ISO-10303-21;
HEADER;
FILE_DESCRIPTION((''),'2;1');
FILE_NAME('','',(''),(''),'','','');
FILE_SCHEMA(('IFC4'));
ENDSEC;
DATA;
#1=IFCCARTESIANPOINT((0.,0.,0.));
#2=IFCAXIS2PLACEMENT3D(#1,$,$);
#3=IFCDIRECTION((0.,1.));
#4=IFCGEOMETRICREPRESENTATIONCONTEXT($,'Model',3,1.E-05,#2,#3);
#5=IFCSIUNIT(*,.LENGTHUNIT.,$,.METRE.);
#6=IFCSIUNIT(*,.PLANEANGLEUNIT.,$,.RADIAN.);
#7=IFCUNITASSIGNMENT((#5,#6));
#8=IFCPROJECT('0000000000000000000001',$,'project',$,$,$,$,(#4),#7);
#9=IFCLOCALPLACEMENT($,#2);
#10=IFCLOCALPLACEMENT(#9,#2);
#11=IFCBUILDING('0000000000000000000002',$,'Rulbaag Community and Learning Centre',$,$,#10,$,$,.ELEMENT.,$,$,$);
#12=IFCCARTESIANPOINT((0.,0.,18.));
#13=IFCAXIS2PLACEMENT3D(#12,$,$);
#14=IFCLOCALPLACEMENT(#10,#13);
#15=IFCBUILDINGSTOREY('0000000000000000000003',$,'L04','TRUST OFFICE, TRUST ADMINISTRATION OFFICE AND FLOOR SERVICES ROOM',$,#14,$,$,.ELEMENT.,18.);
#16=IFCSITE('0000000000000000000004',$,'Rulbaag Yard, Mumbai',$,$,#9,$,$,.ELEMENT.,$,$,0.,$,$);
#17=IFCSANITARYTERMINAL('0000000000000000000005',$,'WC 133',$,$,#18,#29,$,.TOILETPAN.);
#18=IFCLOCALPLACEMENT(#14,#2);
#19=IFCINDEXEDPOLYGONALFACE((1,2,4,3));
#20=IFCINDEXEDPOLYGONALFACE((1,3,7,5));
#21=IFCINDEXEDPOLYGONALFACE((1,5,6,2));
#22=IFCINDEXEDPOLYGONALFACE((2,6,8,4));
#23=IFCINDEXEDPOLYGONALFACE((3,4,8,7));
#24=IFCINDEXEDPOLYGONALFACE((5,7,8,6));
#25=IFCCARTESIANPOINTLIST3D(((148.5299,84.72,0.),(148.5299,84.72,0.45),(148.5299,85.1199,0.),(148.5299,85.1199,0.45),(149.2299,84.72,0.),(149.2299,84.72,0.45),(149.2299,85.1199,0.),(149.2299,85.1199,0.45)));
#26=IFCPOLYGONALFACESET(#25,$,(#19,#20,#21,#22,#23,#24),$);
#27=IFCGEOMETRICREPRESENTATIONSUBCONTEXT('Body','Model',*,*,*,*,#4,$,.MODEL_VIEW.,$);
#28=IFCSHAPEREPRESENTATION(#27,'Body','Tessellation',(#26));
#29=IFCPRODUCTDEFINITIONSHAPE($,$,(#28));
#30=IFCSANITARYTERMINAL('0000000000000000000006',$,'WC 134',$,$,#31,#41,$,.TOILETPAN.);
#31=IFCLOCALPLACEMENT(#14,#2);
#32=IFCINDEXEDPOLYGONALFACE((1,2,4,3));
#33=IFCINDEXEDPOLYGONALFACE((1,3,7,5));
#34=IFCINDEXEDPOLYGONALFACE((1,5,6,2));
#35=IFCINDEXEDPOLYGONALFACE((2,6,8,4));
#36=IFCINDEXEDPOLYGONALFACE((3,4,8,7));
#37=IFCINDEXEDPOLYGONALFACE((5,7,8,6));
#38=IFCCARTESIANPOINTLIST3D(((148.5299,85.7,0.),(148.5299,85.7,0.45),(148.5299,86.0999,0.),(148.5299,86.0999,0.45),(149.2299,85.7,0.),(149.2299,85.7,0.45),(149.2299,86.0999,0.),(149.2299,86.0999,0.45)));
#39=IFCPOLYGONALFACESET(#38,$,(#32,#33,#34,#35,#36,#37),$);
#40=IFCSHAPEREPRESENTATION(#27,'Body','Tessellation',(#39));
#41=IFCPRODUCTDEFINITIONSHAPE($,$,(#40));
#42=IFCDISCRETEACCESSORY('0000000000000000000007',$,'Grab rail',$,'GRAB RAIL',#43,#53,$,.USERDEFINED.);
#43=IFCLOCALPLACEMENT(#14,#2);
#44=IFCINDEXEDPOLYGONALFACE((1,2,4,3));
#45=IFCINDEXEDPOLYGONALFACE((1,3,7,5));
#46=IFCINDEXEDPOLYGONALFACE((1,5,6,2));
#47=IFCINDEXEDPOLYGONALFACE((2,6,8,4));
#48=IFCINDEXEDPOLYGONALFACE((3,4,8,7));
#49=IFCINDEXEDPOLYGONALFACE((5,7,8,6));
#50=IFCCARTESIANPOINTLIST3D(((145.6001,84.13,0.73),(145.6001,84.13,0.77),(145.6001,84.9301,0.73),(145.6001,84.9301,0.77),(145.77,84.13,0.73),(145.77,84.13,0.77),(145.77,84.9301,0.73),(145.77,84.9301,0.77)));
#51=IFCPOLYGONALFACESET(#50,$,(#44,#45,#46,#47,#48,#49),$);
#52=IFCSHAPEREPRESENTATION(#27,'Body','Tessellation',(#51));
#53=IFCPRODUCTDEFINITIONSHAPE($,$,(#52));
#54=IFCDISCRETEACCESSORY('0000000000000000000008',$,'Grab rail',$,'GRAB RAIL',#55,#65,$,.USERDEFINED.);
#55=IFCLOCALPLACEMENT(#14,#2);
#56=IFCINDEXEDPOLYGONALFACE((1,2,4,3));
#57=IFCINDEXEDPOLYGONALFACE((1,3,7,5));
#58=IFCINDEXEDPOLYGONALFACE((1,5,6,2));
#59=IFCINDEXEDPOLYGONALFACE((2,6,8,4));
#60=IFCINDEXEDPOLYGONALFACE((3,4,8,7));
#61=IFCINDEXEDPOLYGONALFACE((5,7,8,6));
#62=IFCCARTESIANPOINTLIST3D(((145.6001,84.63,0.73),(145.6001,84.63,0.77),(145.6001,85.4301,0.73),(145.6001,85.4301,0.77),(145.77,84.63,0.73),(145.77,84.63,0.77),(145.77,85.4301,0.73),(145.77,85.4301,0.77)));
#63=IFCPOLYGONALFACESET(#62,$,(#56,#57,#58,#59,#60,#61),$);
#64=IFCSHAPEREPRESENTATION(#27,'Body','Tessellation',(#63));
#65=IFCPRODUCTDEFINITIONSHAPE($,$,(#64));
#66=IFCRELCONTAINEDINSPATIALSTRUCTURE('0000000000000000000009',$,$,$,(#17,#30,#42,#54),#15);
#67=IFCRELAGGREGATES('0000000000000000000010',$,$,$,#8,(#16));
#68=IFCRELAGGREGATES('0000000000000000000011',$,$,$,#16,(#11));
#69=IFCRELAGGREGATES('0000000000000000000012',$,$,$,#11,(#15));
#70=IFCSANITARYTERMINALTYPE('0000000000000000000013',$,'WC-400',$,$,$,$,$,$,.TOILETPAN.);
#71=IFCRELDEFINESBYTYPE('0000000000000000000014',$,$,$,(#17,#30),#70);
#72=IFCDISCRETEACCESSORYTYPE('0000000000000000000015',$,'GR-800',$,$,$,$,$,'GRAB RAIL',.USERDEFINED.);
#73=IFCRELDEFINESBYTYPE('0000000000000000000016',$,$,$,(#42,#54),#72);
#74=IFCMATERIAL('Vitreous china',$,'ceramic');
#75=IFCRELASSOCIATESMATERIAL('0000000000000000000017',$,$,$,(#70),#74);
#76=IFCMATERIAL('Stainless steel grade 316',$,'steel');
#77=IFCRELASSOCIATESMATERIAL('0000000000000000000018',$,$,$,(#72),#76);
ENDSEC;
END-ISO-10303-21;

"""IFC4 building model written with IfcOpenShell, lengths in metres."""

from ifc_helpers import new_model, si_unit, direction, frame, origin, origin_2d, place, context, subcontext, project, spatial, rectangle, extrude, material, type_object, element, save


model = new_model("IFC4")

# Units and contexts
model_context = context("Model", 3, precision=1e-05, world=origin(), true_north=direction((0.0, 1.0)))
body_context = subcontext(model_context, "Body", "Model", "MODEL_VIEW")
ifc_project = project(units=[si_unit("LENGTHUNIT", "METRE"), si_unit("PLANEANGLEUNIT", "RADIAN")], contexts=[model_context])

# Site, building, storey
site_placement = place(None, origin())
site = spatial("IfcSite", under=ifc_project, at=site_placement, Name="Rulbaag Yard, Mumbai", CompositionType="ELEMENT", RefElevation=0.0)
building_placement = place(site_placement, origin())
building = spatial("IfcBuilding", under=site, at=building_placement, Name="Rulbaag Community and Learning Centre", CompositionType="ELEMENT")
storey_placement = place(building_placement, frame((0.0, 0.0, 18.0)))
storey = spatial("IfcBuildingStorey", under=building, at=storey_placement, Name="L04", Description="TRUST OFFICE, TRUST ADMINISTRATION OFFICE AND FLOOR SERVICES ROOM", CompositionType="ELEMENT", Elevation=18.0)

# Sanitary terminals
ifc_material_1 = material(Name="Vitreous china", Category="ceramic")
sanitary_terminal_type_1 = type_object("IfcSanitaryTerminalType", Name="WC-400", PredefinedType="TOILETPAN", material=ifc_material_1)
for number, where, z_axis, x_axis, name in (
    (1, (148.8799, 84.9199, 0.0), (0.0, 0.0, 1.0), (1.0, 0.0, 0.0), "WC 133"),
    (2, (148.8799, 85.8999, 0.0), (0.0, 0.0, 1.0), (1.0, 0.0, 0.0), "WC 134"),
):
    element("IfcSanitaryTerminal", number, at=place(storey_placement, frame(where, z_axis=z_axis, x_axis=x_axis)), inside=storey, type_object=sanitary_terminal_type_1, Name=name, PredefinedType="TOILETPAN", context=body_context, shape_type="SweptSolid", body=[
        extrude(rectangle(XDim=0.7, YDim=0.3999, at=origin_2d()), origin(), (0.0, 0.0, 1.0), 0.45),
    ])

# Discrete accessories
ifc_material_2 = material(Name="Stainless steel grade 316", Category="steel")
discrete_accessory_type = type_object("IfcDiscreteAccessoryType", Name="GR-800", ElementType="GRAB RAIL", PredefinedType="USERDEFINED", material=ifc_material_2)
for number, where, z_axis, x_axis, name in (
    (3, (145.6851, 84.53, 0.73), (0.0, 0.0, 1.0), (1.0, 0.0, 0.0), "Grab rail"),
    (4, (145.6851, 85.03, 0.73), (0.0, 0.0, 1.0), (1.0, 0.0, 0.0), "Grab rail"),
):
    element("IfcDiscreteAccessory", number, at=place(storey_placement, frame(where, z_axis=z_axis, x_axis=x_axis)), inside=storey, type_object=discrete_accessory_type, Name=name, ObjectType="GRAB RAIL", PredefinedType="USERDEFINED", context=body_context, shape_type="SweptSolid", body=[
        extrude(rectangle(XDim=0.1699, YDim=0.8, at=origin_2d()), origin(), (0.0, 0.0, 1.0), 0.04),
    ])

save(model, "model.ifc")
